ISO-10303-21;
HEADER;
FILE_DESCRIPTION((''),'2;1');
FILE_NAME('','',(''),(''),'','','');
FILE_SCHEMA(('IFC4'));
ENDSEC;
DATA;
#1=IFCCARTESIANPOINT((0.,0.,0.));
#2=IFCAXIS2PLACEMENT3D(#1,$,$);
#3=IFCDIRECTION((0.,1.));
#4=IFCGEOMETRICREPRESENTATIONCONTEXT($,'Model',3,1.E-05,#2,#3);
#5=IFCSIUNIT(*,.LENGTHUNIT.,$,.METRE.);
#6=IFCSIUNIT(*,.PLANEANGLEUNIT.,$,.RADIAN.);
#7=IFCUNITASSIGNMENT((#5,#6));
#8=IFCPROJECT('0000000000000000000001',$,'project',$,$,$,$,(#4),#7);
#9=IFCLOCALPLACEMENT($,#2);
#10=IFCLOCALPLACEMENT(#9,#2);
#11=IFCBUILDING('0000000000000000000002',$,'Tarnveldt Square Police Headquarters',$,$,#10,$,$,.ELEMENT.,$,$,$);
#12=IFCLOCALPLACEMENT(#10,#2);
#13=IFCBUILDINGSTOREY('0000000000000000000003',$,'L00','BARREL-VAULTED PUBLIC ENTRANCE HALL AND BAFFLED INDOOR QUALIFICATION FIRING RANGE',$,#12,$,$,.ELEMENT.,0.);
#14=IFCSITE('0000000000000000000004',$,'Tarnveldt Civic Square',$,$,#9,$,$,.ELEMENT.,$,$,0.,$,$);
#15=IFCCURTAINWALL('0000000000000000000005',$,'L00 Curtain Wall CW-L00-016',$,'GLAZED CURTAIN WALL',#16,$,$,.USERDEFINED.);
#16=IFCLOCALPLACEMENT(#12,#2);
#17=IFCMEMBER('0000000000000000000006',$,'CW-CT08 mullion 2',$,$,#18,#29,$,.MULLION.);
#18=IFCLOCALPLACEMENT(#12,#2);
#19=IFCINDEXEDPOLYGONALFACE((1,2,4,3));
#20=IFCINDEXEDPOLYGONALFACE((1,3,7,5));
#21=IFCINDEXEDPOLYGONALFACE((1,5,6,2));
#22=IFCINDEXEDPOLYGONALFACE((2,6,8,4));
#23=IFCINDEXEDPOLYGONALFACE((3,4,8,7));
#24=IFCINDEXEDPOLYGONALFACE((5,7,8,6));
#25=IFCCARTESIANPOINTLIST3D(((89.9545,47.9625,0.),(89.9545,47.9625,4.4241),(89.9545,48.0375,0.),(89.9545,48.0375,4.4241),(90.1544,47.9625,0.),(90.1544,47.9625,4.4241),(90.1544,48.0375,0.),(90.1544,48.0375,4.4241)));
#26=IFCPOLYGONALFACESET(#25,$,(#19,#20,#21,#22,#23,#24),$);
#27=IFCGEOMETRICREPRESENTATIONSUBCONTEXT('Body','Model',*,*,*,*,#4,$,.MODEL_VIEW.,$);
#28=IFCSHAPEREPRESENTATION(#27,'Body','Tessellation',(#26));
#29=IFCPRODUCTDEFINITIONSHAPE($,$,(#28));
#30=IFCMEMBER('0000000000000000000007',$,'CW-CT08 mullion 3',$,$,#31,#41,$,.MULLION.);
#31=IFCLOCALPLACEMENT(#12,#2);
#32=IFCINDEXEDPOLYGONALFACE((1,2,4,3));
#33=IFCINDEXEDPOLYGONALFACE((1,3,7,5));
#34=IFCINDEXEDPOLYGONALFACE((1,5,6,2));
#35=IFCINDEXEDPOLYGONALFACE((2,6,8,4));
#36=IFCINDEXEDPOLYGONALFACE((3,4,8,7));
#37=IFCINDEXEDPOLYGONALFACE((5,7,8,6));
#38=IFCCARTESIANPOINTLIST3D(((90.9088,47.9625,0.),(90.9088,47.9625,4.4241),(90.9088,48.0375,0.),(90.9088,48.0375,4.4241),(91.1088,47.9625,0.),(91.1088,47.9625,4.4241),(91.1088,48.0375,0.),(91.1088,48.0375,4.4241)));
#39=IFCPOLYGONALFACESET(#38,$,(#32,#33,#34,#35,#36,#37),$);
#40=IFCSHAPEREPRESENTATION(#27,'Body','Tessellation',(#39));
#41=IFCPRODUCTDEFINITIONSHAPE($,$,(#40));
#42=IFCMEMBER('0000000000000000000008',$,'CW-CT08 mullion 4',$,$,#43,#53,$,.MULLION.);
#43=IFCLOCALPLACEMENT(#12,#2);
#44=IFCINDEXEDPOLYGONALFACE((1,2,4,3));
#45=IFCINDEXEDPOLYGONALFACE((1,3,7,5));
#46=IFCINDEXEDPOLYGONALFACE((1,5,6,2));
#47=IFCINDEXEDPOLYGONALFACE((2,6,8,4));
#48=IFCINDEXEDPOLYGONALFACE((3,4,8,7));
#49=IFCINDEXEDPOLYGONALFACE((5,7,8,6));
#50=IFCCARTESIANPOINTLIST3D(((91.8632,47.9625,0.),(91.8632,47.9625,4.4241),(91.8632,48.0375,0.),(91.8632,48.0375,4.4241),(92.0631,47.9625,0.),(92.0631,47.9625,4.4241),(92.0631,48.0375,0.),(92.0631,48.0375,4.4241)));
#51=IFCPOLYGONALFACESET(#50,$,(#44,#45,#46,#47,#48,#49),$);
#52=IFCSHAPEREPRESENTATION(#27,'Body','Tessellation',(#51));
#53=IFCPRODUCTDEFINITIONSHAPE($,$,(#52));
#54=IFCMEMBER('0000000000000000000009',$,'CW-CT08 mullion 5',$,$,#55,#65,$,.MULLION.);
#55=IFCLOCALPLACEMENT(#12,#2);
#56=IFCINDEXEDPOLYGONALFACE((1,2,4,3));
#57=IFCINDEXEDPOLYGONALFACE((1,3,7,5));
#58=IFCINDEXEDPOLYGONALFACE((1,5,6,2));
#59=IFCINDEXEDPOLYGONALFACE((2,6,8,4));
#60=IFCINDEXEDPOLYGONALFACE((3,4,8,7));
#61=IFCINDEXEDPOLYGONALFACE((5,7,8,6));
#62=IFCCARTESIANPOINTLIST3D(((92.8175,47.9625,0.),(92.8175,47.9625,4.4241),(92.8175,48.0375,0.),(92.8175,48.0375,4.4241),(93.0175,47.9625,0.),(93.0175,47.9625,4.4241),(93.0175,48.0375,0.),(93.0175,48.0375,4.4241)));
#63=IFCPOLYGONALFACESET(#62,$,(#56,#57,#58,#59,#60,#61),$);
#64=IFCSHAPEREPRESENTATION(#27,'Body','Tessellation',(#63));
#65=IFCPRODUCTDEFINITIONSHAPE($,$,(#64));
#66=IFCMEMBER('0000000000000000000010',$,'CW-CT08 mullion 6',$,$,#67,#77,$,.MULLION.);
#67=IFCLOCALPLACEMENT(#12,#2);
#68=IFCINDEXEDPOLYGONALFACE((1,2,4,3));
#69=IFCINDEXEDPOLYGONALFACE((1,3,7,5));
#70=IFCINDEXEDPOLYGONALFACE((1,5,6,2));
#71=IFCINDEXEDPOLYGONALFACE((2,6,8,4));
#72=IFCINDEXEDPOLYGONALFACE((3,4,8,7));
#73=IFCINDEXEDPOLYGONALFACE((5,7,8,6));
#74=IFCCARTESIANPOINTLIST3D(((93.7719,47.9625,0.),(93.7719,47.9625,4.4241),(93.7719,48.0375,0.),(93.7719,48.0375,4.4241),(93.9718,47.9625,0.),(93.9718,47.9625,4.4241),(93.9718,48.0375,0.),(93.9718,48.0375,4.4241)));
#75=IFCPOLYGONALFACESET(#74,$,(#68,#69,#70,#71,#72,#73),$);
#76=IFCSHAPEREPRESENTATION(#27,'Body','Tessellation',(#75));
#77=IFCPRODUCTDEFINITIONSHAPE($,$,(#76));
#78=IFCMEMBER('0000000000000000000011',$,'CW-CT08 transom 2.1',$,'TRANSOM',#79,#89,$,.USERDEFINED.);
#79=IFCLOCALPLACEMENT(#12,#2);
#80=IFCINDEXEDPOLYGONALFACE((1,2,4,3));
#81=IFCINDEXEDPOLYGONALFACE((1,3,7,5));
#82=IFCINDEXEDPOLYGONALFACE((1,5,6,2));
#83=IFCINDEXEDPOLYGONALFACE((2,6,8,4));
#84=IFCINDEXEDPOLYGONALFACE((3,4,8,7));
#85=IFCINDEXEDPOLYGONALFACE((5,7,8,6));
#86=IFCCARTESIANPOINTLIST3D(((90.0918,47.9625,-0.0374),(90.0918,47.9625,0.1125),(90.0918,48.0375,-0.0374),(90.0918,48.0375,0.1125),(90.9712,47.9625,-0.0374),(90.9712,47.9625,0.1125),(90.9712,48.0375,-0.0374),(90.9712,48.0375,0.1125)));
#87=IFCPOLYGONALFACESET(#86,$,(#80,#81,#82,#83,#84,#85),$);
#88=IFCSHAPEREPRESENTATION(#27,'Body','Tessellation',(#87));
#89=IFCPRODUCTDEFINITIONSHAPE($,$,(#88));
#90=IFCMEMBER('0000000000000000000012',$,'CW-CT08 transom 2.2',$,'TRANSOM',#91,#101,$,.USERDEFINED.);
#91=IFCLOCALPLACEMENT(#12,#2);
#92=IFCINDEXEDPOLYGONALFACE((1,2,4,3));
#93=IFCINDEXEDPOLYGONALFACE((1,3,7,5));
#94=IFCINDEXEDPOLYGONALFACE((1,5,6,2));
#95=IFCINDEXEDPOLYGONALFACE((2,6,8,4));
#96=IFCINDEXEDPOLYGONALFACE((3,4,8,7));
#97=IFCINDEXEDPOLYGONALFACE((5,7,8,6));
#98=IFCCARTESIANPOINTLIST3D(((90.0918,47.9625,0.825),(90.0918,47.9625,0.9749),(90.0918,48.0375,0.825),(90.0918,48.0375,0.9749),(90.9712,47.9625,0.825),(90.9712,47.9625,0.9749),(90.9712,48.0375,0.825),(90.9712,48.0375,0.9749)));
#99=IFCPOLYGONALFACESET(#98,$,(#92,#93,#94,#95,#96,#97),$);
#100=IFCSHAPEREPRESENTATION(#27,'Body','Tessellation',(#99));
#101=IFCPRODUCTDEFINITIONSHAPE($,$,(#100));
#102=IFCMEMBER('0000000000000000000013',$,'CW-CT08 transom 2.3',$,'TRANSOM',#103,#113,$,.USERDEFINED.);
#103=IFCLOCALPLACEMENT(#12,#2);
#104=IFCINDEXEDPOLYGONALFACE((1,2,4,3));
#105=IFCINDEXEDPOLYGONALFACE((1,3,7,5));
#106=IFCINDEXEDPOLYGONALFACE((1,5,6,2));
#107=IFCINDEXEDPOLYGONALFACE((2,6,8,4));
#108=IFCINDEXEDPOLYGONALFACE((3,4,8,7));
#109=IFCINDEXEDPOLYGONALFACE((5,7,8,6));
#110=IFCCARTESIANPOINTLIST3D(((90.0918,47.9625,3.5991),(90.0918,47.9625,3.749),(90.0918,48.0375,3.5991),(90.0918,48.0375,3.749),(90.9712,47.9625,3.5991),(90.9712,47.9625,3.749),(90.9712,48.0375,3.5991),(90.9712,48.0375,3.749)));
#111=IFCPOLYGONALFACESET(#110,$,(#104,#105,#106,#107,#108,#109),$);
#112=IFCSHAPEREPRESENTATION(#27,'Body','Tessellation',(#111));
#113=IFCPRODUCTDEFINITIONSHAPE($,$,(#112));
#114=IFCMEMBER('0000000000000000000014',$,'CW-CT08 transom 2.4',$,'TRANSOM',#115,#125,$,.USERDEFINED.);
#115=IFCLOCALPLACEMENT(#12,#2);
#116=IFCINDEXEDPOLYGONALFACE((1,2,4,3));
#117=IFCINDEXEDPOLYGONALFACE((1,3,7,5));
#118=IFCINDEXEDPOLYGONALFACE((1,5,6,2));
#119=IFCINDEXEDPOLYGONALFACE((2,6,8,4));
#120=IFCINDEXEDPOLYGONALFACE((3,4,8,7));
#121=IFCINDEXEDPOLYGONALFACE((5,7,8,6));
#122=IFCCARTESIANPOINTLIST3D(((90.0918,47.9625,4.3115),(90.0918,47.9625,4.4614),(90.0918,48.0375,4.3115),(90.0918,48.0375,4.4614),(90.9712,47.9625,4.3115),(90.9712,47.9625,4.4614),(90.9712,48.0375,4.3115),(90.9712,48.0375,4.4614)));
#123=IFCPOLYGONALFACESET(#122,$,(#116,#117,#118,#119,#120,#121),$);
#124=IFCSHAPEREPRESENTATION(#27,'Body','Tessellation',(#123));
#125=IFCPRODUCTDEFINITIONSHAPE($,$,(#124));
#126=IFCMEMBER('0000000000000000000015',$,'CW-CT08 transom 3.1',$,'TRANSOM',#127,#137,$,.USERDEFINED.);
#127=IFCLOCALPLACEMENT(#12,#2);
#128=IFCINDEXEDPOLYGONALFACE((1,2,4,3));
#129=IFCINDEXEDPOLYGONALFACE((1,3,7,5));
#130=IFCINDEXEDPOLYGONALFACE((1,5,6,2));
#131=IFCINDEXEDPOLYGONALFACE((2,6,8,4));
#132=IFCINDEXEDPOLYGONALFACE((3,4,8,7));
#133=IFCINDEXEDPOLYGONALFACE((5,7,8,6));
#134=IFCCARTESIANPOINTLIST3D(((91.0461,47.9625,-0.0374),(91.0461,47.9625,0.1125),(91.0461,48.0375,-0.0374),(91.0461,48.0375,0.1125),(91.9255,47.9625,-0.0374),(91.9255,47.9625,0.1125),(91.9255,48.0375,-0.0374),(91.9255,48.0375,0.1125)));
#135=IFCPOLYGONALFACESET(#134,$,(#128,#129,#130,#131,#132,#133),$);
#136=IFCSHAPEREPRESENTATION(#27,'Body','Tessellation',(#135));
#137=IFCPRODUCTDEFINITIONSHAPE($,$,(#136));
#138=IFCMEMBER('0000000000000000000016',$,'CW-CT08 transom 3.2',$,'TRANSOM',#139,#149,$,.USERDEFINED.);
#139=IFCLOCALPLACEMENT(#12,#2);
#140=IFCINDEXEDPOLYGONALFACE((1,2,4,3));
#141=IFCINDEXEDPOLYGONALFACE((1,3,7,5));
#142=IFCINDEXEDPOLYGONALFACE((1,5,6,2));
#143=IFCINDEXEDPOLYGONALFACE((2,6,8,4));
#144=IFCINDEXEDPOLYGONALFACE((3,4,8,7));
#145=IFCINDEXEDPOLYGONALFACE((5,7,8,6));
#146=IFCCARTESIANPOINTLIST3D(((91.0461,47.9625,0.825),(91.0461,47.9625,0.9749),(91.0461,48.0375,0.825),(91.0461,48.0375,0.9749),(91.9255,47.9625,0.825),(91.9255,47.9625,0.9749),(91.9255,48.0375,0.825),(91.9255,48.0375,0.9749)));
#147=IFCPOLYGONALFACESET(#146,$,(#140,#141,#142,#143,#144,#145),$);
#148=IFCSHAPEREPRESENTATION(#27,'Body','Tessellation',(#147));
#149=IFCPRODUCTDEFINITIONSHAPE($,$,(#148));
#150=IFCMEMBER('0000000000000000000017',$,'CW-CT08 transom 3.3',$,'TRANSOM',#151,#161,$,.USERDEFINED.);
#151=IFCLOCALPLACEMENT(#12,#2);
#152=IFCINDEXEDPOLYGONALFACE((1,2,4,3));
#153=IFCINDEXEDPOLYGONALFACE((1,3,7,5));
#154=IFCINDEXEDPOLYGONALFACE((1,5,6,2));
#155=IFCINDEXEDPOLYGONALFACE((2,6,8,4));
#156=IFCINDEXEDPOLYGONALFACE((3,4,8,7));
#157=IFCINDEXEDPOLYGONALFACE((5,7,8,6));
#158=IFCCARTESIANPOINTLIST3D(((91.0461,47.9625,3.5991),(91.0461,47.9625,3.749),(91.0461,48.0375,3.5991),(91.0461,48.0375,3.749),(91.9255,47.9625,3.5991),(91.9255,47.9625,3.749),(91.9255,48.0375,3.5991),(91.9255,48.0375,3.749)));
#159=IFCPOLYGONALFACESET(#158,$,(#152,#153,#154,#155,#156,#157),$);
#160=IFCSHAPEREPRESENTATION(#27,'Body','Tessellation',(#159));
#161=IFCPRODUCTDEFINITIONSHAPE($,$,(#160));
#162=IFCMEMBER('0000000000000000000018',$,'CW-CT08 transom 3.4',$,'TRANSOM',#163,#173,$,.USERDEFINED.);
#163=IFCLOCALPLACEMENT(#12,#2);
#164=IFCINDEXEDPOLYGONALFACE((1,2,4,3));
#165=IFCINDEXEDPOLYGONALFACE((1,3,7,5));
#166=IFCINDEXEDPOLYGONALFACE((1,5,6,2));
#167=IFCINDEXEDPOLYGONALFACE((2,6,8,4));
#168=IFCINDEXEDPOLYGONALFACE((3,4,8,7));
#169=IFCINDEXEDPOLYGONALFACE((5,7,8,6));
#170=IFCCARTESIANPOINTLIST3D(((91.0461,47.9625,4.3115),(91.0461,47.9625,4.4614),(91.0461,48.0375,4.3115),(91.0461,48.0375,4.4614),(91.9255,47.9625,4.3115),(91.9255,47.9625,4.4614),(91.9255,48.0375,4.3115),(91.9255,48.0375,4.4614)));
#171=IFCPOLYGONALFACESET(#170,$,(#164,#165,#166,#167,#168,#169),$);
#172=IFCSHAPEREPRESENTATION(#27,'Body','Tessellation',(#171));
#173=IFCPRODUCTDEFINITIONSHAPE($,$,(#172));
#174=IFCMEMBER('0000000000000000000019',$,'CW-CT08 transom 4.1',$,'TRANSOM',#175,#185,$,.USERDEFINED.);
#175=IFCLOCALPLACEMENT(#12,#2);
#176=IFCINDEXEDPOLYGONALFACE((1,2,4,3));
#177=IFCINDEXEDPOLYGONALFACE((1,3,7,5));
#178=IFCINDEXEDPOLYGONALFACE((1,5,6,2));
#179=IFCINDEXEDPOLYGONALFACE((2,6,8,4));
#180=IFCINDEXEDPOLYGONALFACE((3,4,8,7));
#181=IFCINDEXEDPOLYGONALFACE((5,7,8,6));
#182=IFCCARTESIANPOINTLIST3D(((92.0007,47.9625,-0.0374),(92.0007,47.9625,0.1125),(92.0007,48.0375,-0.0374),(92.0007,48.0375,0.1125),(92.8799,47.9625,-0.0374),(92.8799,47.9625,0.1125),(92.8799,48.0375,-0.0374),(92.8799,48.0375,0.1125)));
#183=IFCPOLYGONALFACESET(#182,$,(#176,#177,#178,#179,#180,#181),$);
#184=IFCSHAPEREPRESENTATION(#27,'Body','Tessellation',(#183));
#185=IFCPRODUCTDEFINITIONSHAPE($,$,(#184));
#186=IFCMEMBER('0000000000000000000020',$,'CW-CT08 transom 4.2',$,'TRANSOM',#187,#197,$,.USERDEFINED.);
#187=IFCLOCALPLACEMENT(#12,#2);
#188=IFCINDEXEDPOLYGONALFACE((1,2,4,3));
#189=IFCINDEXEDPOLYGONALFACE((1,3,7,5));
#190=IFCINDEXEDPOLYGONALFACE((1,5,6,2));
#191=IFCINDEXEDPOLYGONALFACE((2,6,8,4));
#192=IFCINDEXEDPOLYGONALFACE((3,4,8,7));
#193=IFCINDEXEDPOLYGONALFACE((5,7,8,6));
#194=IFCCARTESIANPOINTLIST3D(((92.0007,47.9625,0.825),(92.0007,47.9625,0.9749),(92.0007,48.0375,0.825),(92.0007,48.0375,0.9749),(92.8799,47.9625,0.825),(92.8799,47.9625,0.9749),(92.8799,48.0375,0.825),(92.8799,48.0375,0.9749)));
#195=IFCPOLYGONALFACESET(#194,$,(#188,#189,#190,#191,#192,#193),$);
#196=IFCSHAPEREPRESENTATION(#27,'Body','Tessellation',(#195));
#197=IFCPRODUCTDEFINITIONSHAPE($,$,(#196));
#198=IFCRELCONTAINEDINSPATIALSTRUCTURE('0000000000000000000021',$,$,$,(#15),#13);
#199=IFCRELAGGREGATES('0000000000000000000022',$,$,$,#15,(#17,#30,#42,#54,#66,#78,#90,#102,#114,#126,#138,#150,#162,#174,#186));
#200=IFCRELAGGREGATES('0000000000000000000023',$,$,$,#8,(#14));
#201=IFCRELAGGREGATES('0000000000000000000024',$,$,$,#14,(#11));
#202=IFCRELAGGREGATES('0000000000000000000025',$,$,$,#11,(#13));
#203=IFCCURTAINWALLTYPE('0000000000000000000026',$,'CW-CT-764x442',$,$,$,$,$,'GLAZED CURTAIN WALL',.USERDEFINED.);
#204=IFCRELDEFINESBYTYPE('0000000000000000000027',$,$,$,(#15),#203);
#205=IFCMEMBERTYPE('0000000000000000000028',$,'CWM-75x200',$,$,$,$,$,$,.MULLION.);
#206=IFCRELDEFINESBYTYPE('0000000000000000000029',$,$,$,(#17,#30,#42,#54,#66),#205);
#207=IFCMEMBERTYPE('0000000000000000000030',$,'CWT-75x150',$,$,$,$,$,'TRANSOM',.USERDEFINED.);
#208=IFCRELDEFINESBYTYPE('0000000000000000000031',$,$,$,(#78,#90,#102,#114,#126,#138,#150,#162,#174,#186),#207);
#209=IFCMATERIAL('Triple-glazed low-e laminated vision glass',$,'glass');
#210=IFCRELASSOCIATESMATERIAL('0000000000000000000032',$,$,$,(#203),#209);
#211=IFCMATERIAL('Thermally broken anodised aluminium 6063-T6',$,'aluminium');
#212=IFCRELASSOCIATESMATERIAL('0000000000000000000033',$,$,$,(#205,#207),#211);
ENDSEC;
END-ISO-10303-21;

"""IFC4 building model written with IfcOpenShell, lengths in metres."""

from ifc_helpers import new_model, si_unit, direction, frame, origin, origin_2d, place, context, subcontext, project, spatial, rectangle, extrude, material, material_profile, profile_set, type_object, element, aggregate, save


model = new_model("IFC4")

# Units and contexts
model_context = context("Model", 3, precision=1e-05, world=origin(), true_north=direction((0.0, 1.0)))
body_context = subcontext(model_context, "Body", "Model", "MODEL_VIEW")
ifc_project = project(units=[si_unit("LENGTHUNIT", "METRE"), si_unit("PLANEANGLEUNIT", "RADIAN")], contexts=[model_context])

# Site, building, storey
site_placement = place(None, origin())
site = spatial("IfcSite", under=ifc_project, at=site_placement, Name="Tarnveldt Civic Square", CompositionType="ELEMENT", RefElevation=0.0)
building_placement = place(site_placement, origin())
building = spatial("IfcBuilding", under=site, at=building_placement, Name="Tarnveldt Square Police Headquarters", CompositionType="ELEMENT")
storey_placement = place(building_placement, origin())
storey = spatial("IfcBuildingStorey", under=building, at=storey_placement, Name="L00", Description="BARREL-VAULTED PUBLIC ENTRANCE HALL AND BAFFLED INDOOR QUALIFICATION FIRING RANGE", CompositionType="ELEMENT", Elevation=0.0)

# Curtain wall, members
ifc_material_1 = material(Name="Triple-glazed low-e laminated vision glass", Category="glass")
curtain_wall_type = type_object("IfcCurtainWallType", Name="CW-CT-764x442", ElementType="GLAZED CURTAIN WALL", PredefinedType="USERDEFINED", material=ifc_material_1)
curtain_wall_placement = place(storey_placement, origin())
curtain_wall = element("IfcCurtainWall", 1, at=curtain_wall_placement, inside=storey, type_object=curtain_wall_type, Name="L00 Curtain Wall CW-L00-016", ObjectType="GLAZED CURTAIN WALL", PredefinedType="USERDEFINED")
ifc_material_2 = material(Name="Thermally broken anodised aluminium 6063-T6", Category="aluminium")
ifc_material_profile_1 = material_profile(ifc_material_2, rectangle(XDim=0.075, YDim=0.2, at=origin_2d()), Name="CW-M75x200")
ifc_profile_set_1 = profile_set([ifc_material_profile_1], Name="Thermally broken anodised aluminium 6063-T6")
member_type_1 = type_object("IfcMemberType", Name="CWM-75x200", PredefinedType="MULLION", material=ifc_profile_set_1)
member_1_placement = place(storey_placement, frame((90.0544, 48.0, 0.0), z_axis=(0.0, 0.0, 1.0), x_axis=(0.0, 1.0, 0.0)))
member_1 = element("IfcMember", 2, at=member_1_placement, type_object=member_type_1, Name="CW-CT08 mullion 2", PredefinedType="MULLION", context=body_context, shape_type="SweptSolid", body=[
    extrude(rectangle(XDim=0.075, YDim=0.2, at=origin_2d()), origin(), (0.0, 0.0, 1.0), 4.4241),
])
member_2_placement = place(storey_placement, frame((91.0088, 48.0, 0.0), z_axis=(0.0, 0.0, 1.0), x_axis=(0.0, 1.0, 0.0)))
member_2 = element("IfcMember", 3, at=member_2_placement, type_object=member_type_1, Name="CW-CT08 mullion 3", PredefinedType="MULLION", context=body_context, shape_type="SweptSolid", body=[
    extrude(rectangle(XDim=0.075, YDim=0.2, at=origin_2d()), origin(), (0.0, 0.0, 1.0), 4.4241),
])
member_3_placement = place(storey_placement, frame((91.9631, 48.0, 0.0), z_axis=(0.0, 0.0, 1.0), x_axis=(0.0, 1.0, 0.0)))
member_3 = element("IfcMember", 4, at=member_3_placement, type_object=member_type_1, Name="CW-CT08 mullion 4", PredefinedType="MULLION", context=body_context, shape_type="SweptSolid", body=[
    extrude(rectangle(XDim=0.075, YDim=0.2, at=origin_2d()), origin(), (0.0, 0.0, 1.0), 4.4241),
])
member_4_placement = place(storey_placement, frame((92.9175, 48.0, 0.0), z_axis=(0.0, 0.0, 1.0), x_axis=(0.0, 1.0, 0.0)))
member_4 = element("IfcMember", 5, at=member_4_placement, type_object=member_type_1, Name="CW-CT08 mullion 5", PredefinedType="MULLION", context=body_context, shape_type="SweptSolid", body=[
    extrude(rectangle(XDim=0.075, YDim=0.2, at=origin_2d()), origin(), (0.0, 0.0, 1.0), 4.4241),
])
member_5_placement = place(storey_placement, frame((93.8718, 48.0, 0.0), z_axis=(0.0, 0.0, 1.0), x_axis=(0.0, 1.0, 0.0)))
member_5 = element("IfcMember", 6, at=member_5_placement, type_object=member_type_1, Name="CW-CT08 mullion 6", PredefinedType="MULLION", context=body_context, shape_type="SweptSolid", body=[
    extrude(rectangle(XDim=0.075, YDim=0.2, at=origin_2d()), origin(), (0.0, 0.0, 1.0), 4.4241),
])
ifc_material_profile_2 = material_profile(ifc_material_2, rectangle(XDim=0.075, YDim=0.1499, at=origin_2d()), Name="CW-T75x150")
ifc_profile_set_2 = profile_set([ifc_material_profile_2], Name="Thermally broken anodised aluminium 6063-T6")
member_type_2 = type_object("IfcMemberType", Name="CWT-75x150", ElementType="TRANSOM", PredefinedType="USERDEFINED", material=ifc_profile_set_2)
member_6_placement = place(storey_placement, frame((90.0918, 48.0, 0.0376), z_axis=(1.0, 0.0, 0.0), x_axis=(0.0, 1.0, 0.0)))
member_6 = element("IfcMember", 7, at=member_6_placement, type_object=member_type_2, Name="CW-CT08 transom 2.1", ObjectType="TRANSOM", PredefinedType="USERDEFINED", context=body_context, shape_type="SweptSolid", body=[
    extrude(rectangle(XDim=0.075, YDim=0.1499, at=origin_2d()), origin(), (0.0, 0.0, 1.0), 0.8794),
])
member_7_placement = place(storey_placement, frame((90.0918, 48.0, 0.8999), z_axis=(1.0, 0.0, 0.0), x_axis=(0.0, 1.0, 0.0)))
member_7 = element("IfcMember", 8, at=member_7_placement, type_object=member_type_2, Name="CW-CT08 transom 2.2", ObjectType="TRANSOM", PredefinedType="USERDEFINED", context=body_context, shape_type="SweptSolid", body=[
    extrude(rectangle(XDim=0.075, YDim=0.1499, at=origin_2d()), origin(), (0.0, 0.0, 1.0), 0.8794),
])
member_8_placement = place(storey_placement, frame((90.0918, 48.0, 3.6741), z_axis=(1.0, 0.0, 0.0), x_axis=(0.0, 1.0, 0.0)))
member_8 = element("IfcMember", 9, at=member_8_placement, type_object=member_type_2, Name="CW-CT08 transom 2.3", ObjectType="TRANSOM", PredefinedType="USERDEFINED", context=body_context, shape_type="SweptSolid", body=[
    extrude(rectangle(XDim=0.075, YDim=0.1499, at=origin_2d()), origin(), (0.0, 0.0, 1.0), 0.8794),
])
member_9_placement = place(storey_placement, frame((90.0918, 48.0, 4.3865), z_axis=(1.0, 0.0, 0.0), x_axis=(0.0, 1.0, 0.0)))
member_9 = element("IfcMember", 10, at=member_9_placement, type_object=member_type_2, Name="CW-CT08 transom 2.4", ObjectType="TRANSOM", PredefinedType="USERDEFINED", context=body_context, shape_type="SweptSolid", body=[
    extrude(rectangle(XDim=0.075, YDim=0.1499, at=origin_2d()), origin(), (0.0, 0.0, 1.0), 0.8794),
])
member_10_placement = place(storey_placement, frame((91.0461, 48.0, 0.0376), z_axis=(1.0, 0.0, 0.0), x_axis=(0.0, 1.0, 0.0)))
member_10 = element("IfcMember", 11, at=member_10_placement, type_object=member_type_2, Name="CW-CT08 transom 3.1", ObjectType="TRANSOM", PredefinedType="USERDEFINED", context=body_context, shape_type="SweptSolid", body=[
    extrude(rectangle(XDim=0.075, YDim=0.1499, at=origin_2d()), origin(), (0.0, 0.0, 1.0), 0.8794),
])
member_11_placement = place(storey_placement, frame((91.0461, 48.0, 0.8999), z_axis=(1.0, 0.0, 0.0), x_axis=(0.0, 1.0, 0.0)))
member_11 = element("IfcMember", 12, at=member_11_placement, type_object=member_type_2, Name="CW-CT08 transom 3.2", ObjectType="TRANSOM", PredefinedType="USERDEFINED", context=body_context, shape_type="SweptSolid", body=[
    extrude(rectangle(XDim=0.075, YDim=0.1499, at=origin_2d()), origin(), (0.0, 0.0, 1.0), 0.8794),
])
member_12_placement = place(storey_placement, frame((91.0461, 48.0, 3.6741), z_axis=(1.0, 0.0, 0.0), x_axis=(0.0, 1.0, 0.0)))
member_12 = element("IfcMember", 13, at=member_12_placement, type_object=member_type_2, Name="CW-CT08 transom 3.3", ObjectType="TRANSOM", PredefinedType="USERDEFINED", context=body_context, shape_type="SweptSolid", body=[
    extrude(rectangle(XDim=0.075, YDim=0.1499, at=origin_2d()), origin(), (0.0, 0.0, 1.0), 0.8794),
])
member_13_placement = place(storey_placement, frame((91.0461, 48.0, 4.3865), z_axis=(1.0, 0.0, 0.0), x_axis=(0.0, 1.0, 0.0)))
member_13 = element("IfcMember", 14, at=member_13_placement, type_object=member_type_2, Name="CW-CT08 transom 3.4", ObjectType="TRANSOM", PredefinedType="USERDEFINED", context=body_context, shape_type="SweptSolid", body=[
    extrude(rectangle(XDim=0.075, YDim=0.1499, at=origin_2d()), origin(), (0.0, 0.0, 1.0), 0.8794),
])
member_14_placement = place(storey_placement, frame((92.0007, 48.0, 0.0376), z_axis=(1.0, 0.0, 0.0), x_axis=(0.0, 1.0, 0.0)))
member_14 = element("IfcMember", 15, at=member_14_placement, type_object=member_type_2, Name="CW-CT08 transom 4.1", ObjectType="TRANSOM", PredefinedType="USERDEFINED", context=body_context, shape_type="SweptSolid", body=[
    extrude(rectangle(XDim=0.075, YDim=0.1499, at=origin_2d()), origin(), (0.0, 0.0, 1.0), 0.8792),
])
member_15_placement = place(storey_placement, frame((92.0007, 48.0, 0.8999), z_axis=(1.0, 0.0, 0.0), x_axis=(0.0, 1.0, 0.0)))
member_15 = element("IfcMember", 16, at=member_15_placement, type_object=member_type_2, Name="CW-CT08 transom 4.2", ObjectType="TRANSOM", PredefinedType="USERDEFINED", context=body_context, shape_type="SweptSolid", body=[
    extrude(rectangle(XDim=0.075, YDim=0.1499, at=origin_2d()), origin(), (0.0, 0.0, 1.0), 0.8792),
])
aggregate(curtain_wall, [member_1, member_2, member_3, member_4, member_5, member_6, member_7, member_8, member_9, member_10, member_11, member_12, member_13, member_14, member_15])

save(model, "model.ifc")
